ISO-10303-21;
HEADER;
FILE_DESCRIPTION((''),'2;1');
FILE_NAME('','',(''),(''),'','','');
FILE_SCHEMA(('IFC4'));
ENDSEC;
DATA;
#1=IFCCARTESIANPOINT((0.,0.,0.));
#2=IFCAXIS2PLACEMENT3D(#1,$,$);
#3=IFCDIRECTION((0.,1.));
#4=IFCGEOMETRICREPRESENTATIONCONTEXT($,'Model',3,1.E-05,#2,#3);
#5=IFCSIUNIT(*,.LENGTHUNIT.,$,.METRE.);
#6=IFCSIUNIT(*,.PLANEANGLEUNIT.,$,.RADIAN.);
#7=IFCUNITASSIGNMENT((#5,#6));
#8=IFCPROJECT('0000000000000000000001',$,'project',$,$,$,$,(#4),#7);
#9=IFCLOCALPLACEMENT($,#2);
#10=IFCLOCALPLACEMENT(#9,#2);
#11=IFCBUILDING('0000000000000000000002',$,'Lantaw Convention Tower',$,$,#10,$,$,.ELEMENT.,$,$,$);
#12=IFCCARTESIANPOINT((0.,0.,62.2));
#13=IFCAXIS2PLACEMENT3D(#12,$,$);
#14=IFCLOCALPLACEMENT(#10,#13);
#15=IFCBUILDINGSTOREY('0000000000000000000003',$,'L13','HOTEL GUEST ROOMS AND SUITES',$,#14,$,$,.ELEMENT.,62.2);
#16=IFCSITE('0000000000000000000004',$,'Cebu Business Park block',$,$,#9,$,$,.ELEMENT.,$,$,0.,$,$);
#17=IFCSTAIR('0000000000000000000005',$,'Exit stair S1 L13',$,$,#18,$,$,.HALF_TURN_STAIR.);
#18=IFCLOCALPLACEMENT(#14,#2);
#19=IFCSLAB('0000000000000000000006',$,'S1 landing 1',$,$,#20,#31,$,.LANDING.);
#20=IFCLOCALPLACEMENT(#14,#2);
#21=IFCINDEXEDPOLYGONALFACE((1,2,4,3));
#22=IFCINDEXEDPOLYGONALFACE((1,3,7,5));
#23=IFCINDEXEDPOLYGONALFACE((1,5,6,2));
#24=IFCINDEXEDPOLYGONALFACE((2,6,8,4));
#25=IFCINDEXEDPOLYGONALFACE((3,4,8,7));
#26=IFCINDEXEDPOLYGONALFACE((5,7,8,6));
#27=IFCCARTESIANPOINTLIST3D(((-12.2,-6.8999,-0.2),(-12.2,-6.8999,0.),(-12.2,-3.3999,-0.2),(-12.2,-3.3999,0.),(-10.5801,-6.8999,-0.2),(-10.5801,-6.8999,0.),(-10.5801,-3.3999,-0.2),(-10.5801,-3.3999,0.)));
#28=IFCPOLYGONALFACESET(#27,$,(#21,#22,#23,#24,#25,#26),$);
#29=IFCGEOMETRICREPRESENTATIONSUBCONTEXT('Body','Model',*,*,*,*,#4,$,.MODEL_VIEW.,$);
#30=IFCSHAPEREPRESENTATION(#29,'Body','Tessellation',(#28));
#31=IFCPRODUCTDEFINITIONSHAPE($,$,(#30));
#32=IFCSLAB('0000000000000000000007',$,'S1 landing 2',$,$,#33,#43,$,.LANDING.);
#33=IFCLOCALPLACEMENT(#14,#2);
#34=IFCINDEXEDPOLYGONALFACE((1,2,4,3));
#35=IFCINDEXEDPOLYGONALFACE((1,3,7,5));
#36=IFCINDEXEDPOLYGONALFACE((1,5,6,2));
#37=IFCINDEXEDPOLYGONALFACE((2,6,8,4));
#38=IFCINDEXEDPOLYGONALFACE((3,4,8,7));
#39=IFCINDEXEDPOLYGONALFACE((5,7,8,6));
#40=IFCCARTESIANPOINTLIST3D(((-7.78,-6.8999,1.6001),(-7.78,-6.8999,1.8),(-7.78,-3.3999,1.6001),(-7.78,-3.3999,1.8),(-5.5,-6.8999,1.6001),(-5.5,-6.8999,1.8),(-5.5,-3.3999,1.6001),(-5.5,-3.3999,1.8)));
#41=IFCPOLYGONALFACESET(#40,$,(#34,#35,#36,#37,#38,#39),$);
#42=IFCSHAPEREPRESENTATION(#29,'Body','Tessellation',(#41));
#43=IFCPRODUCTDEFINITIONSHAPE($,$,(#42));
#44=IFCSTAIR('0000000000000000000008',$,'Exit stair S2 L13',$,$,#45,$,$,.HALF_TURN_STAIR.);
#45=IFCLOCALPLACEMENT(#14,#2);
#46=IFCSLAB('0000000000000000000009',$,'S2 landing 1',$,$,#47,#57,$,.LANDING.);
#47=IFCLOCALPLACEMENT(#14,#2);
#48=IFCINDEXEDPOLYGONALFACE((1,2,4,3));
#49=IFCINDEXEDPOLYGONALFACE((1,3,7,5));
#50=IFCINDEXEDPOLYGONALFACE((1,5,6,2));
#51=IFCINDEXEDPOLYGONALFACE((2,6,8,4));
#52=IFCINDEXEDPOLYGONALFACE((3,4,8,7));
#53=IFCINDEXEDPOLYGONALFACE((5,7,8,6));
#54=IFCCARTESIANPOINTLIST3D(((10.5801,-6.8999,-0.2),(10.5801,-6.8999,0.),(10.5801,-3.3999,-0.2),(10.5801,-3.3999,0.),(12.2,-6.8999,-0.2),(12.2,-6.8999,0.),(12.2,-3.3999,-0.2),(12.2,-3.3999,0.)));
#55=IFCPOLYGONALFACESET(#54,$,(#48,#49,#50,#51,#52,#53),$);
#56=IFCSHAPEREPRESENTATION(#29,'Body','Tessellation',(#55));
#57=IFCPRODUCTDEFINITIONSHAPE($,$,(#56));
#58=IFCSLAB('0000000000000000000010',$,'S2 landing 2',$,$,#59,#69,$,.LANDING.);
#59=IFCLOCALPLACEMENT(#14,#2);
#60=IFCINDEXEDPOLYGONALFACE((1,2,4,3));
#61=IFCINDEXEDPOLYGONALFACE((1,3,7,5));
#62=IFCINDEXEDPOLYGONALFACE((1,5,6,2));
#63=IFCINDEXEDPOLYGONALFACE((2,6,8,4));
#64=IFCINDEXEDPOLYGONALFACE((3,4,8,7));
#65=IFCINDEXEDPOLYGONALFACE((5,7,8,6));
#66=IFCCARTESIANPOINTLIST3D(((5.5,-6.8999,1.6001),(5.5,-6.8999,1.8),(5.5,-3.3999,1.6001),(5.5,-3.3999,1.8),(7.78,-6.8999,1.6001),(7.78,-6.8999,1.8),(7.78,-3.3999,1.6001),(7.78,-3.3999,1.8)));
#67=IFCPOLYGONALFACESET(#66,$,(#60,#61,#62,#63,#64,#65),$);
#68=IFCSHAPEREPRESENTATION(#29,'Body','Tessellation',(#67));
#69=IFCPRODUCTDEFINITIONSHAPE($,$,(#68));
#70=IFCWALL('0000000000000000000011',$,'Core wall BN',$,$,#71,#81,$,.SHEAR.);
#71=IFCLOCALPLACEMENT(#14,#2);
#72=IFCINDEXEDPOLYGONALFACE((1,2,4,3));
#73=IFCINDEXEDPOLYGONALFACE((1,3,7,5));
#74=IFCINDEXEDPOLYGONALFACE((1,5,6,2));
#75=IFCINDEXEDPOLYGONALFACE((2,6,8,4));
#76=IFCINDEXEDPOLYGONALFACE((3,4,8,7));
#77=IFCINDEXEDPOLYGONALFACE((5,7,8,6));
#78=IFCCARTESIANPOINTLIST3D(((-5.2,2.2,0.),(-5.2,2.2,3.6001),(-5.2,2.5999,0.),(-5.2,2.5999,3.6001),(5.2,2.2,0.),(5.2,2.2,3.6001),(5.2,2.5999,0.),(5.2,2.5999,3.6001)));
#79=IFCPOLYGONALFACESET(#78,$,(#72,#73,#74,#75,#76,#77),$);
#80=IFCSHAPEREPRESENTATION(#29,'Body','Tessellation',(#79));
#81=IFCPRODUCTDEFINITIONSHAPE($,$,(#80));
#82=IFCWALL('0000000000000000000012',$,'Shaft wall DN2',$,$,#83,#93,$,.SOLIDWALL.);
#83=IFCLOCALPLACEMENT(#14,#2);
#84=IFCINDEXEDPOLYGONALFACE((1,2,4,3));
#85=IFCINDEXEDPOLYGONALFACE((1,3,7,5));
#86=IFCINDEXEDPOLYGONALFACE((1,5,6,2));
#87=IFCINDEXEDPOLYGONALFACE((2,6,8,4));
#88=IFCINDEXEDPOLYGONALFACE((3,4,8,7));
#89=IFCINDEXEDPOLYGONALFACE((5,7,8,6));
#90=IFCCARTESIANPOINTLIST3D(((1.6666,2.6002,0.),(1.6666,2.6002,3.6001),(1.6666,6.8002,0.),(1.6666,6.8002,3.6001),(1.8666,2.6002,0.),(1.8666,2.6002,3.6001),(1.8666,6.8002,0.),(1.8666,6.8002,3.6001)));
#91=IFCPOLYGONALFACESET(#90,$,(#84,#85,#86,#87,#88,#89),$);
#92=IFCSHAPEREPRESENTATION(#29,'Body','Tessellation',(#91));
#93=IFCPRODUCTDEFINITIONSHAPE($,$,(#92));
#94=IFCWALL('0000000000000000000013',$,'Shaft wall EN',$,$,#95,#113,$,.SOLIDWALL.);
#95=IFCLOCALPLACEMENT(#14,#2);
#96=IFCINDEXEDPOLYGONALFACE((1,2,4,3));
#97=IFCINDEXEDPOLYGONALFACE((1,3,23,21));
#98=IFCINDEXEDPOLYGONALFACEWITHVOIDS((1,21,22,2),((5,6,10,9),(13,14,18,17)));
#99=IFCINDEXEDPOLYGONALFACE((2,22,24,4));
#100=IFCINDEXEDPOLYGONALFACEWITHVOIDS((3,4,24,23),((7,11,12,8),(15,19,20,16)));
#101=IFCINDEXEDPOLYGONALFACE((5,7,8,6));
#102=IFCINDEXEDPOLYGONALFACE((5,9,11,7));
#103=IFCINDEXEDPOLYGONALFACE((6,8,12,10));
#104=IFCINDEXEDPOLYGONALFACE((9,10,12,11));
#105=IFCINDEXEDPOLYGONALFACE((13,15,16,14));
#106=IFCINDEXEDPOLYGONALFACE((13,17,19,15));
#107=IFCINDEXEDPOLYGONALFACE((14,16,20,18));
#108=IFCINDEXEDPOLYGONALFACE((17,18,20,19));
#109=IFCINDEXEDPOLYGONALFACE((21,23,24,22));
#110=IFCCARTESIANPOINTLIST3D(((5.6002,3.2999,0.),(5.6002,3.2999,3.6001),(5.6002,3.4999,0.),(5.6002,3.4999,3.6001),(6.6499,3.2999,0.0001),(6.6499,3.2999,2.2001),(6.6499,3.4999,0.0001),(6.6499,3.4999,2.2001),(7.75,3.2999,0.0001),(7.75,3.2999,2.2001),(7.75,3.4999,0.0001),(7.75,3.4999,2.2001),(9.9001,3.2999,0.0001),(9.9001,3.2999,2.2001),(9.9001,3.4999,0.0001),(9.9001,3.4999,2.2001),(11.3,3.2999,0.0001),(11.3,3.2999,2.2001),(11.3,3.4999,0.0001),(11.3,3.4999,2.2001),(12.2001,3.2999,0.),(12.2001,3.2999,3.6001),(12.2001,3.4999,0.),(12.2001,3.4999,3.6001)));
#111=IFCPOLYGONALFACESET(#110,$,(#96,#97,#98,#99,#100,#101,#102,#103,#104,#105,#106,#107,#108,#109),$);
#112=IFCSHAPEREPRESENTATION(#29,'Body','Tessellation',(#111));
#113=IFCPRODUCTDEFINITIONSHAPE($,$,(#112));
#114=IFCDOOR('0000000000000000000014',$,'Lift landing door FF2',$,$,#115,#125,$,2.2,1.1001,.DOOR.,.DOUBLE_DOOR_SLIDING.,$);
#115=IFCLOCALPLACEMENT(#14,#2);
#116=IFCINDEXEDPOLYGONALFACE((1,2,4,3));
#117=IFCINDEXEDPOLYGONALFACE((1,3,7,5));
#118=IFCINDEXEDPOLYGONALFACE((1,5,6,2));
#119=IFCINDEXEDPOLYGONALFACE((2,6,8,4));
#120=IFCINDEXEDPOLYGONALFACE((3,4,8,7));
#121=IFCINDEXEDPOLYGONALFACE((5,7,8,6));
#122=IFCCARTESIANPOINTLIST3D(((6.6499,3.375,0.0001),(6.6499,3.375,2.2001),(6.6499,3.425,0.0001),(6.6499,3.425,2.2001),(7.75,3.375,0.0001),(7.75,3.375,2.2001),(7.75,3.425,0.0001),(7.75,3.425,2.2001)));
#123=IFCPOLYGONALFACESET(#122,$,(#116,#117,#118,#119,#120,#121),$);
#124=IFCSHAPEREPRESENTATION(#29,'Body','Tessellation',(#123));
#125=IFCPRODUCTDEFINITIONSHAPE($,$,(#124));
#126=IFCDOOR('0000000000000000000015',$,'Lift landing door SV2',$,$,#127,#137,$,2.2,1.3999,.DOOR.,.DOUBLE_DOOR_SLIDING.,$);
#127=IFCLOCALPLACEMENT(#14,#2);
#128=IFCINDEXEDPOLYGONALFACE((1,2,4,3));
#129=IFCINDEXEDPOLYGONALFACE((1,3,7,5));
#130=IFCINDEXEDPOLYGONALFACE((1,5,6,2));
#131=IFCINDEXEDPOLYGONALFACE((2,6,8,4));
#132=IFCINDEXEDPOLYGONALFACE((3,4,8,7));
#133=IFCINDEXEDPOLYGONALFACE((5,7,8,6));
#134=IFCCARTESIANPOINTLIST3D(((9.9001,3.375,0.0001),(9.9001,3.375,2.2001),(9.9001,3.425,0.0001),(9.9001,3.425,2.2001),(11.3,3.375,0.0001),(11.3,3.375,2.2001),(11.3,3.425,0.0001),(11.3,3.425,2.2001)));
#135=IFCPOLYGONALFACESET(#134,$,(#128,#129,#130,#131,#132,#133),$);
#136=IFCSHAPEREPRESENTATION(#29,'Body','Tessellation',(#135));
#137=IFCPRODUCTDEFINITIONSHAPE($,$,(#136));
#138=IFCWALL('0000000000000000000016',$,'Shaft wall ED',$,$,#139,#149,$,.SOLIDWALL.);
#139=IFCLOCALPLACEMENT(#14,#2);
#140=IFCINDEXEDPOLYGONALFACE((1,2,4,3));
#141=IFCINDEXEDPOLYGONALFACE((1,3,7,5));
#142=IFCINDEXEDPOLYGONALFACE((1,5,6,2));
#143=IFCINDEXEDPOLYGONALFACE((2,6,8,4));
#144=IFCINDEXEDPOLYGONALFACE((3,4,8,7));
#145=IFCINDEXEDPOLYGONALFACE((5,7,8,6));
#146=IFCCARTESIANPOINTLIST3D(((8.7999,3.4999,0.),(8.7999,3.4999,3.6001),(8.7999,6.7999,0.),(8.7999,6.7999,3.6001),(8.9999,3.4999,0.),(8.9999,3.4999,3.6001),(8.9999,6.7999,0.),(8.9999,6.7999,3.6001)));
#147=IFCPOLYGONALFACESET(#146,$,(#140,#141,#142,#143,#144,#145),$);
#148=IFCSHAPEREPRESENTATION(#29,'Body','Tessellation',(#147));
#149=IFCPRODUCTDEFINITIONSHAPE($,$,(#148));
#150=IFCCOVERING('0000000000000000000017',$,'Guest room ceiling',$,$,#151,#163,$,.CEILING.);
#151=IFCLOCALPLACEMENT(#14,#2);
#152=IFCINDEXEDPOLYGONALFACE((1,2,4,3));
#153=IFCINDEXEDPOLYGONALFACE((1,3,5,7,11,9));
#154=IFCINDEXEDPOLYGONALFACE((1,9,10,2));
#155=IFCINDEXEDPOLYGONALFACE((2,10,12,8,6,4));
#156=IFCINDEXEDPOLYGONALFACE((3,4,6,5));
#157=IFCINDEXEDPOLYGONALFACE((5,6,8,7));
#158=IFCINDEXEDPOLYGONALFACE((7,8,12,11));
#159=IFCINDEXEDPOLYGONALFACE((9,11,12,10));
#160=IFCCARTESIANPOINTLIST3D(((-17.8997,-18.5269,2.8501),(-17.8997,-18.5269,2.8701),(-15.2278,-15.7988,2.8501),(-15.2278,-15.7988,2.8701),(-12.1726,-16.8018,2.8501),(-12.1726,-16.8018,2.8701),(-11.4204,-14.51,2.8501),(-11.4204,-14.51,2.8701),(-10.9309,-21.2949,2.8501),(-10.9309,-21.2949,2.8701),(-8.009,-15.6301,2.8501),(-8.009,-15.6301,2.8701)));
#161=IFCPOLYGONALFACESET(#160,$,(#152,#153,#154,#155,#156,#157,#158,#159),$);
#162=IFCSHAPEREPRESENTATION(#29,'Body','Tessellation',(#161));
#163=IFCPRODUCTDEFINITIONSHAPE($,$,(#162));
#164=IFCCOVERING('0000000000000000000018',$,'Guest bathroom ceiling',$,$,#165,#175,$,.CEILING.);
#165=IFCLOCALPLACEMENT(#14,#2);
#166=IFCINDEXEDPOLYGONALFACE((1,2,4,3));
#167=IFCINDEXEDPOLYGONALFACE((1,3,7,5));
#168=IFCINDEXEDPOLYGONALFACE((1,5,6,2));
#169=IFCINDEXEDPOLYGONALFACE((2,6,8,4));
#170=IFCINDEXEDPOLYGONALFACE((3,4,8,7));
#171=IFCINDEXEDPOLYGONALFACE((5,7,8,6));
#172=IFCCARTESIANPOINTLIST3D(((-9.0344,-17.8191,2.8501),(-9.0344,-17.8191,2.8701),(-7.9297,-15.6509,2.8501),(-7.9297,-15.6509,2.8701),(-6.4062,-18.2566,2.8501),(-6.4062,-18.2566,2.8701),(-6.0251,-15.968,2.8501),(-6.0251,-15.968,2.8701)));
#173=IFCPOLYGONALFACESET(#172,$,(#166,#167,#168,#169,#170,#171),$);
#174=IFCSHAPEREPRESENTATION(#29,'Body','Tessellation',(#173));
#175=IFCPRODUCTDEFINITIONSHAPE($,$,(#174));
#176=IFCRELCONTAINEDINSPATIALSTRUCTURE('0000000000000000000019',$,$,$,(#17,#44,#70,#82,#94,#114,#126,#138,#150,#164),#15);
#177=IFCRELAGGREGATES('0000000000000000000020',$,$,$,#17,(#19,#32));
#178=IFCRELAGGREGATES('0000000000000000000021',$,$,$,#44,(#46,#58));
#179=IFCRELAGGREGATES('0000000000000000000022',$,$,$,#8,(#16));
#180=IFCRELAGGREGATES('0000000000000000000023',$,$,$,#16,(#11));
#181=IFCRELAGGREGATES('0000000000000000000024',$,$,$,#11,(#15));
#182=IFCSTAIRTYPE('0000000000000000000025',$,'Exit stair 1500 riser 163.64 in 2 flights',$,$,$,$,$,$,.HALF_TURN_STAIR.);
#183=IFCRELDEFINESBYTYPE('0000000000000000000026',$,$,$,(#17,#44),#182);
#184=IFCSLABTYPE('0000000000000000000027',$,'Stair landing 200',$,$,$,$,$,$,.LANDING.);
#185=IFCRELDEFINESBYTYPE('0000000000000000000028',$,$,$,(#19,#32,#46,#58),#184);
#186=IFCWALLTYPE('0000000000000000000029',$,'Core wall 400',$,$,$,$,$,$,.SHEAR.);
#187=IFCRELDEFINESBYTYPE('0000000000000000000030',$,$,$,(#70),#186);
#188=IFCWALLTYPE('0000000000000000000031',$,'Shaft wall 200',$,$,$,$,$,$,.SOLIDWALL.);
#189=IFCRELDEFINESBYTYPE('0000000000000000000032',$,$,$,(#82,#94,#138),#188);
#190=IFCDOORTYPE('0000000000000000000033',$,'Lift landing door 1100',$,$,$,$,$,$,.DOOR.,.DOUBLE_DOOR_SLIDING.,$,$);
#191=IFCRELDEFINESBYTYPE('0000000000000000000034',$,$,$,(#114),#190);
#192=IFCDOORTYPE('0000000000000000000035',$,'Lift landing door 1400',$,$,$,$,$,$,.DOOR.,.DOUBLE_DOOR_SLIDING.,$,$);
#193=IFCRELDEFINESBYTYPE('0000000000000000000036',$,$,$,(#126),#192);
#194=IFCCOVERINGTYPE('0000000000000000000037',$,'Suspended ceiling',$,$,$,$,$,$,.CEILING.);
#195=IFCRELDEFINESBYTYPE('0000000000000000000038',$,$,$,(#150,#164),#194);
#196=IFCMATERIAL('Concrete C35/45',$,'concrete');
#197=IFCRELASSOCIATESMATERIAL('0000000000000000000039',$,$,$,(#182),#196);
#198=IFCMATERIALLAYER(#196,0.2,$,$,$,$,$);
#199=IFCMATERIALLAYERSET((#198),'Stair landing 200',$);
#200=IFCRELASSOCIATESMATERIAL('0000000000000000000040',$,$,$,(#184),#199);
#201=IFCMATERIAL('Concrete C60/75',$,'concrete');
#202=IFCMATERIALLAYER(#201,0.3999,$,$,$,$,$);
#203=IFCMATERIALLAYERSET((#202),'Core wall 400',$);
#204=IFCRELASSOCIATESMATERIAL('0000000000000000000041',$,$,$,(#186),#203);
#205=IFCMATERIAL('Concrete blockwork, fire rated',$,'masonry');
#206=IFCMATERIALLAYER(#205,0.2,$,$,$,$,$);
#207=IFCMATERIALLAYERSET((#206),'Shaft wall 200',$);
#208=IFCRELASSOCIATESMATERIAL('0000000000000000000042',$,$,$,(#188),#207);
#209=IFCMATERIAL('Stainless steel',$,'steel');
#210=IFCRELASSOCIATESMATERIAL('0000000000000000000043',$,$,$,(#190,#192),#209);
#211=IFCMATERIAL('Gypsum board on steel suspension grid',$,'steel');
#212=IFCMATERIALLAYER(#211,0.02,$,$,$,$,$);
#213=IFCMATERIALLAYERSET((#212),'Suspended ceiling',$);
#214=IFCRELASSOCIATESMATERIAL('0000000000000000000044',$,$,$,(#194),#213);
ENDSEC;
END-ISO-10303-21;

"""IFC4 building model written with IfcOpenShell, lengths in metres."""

from ifc_helpers import new_model, si_unit, direction, frame, frame_2d, origin, place, context, subcontext, project, spatial, polyline, rectangle, outline, extrude, material, layer, layer_set, type_object, element, fill, aggregate, save


model = new_model("IFC4")

# Units and contexts
model_context = context("Model", 3, precision=1e-05, world=origin(), true_north=direction((0.0, 1.0)))
body_context = subcontext(model_context, "Body", "Model", "MODEL_VIEW")
ifc_project = project(units=[si_unit("LENGTHUNIT", "METRE"), si_unit("PLANEANGLEUNIT", "RADIAN")], contexts=[model_context])

# Site, building, storey
site_placement = place(None, origin())
site = spatial("IfcSite", under=ifc_project, at=site_placement, Name="Cebu Business Park block", CompositionType="ELEMENT", RefElevation=0.0)
building_placement = place(site_placement, origin())
building = spatial("IfcBuilding", under=site, at=building_placement, Name="Lantaw Convention Tower", CompositionType="ELEMENT")
storey_placement = place(building_placement, frame((0.0, 0.0, 62.2)))
storey = spatial("IfcBuildingStorey", under=building, at=storey_placement, Name="L13", Description="HOTEL GUEST ROOMS AND SUITES", CompositionType="ELEMENT", Elevation=62.2)

# Stairs, slabs
ifc_material_1 = material(Name="Concrete C35/45", Category="concrete")
stair_type = type_object("IfcStairType", Name="Exit stair 1500 riser 163.64 in 2 flights", PredefinedType="HALF_TURN_STAIR", material=ifc_material_1)
stair_1_placement = place(storey_placement, origin())
stair_1 = element("IfcStair", 1, at=stair_1_placement, inside=storey, type_object=stair_type, Name="Exit stair S1 L13", PredefinedType="HALF_TURN_STAIR")
ifc_layer_1 = layer(ifc_material_1, 0.2)
ifc_layer_set_1 = layer_set([ifc_layer_1], Name="Stair landing 200")
slab_type = type_object("IfcSlabType", Name="Stair landing 200", PredefinedType="LANDING", material=ifc_layer_set_1)
slab_1_placement = place(storey_placement, frame((0.0, 0.0, -0.2)))
slab_1 = element("IfcSlab", 2, at=slab_1_placement, type_object=slab_type, Name="S1 landing 1", PredefinedType="LANDING", context=body_context, shape_type="SweptSolid", body=[
    extrude(outline(polyline([(-12.2, -6.8999), (-10.5801, -6.8999), (-10.5801, -3.3999), (-12.2, -3.3999), (-12.2, -6.8999)])), origin(), (0.0, 0.0, 1.0), 0.2),
])
slab_2_placement = place(storey_placement, frame((0.0, 0.0, 1.6001)))
slab_2 = element("IfcSlab", 3, at=slab_2_placement, type_object=slab_type, Name="S1 landing 2", PredefinedType="LANDING", context=body_context, shape_type="SweptSolid", body=[
    extrude(outline(polyline([(-7.78, -6.8999), (-5.5, -6.8999), (-5.5, -3.3999), (-7.78, -3.3999), (-7.78, -6.8999)])), origin(), (0.0, 0.0, 1.0), 0.2),
])
aggregate(stair_1, [slab_1, slab_2])
stair_2_placement = place(storey_placement, origin())
stair_2 = element("IfcStair", 4, at=stair_2_placement, inside=storey, type_object=stair_type, Name="Exit stair S2 L13", PredefinedType="HALF_TURN_STAIR")
slab_3_placement = place(storey_placement, frame((0.0, 0.0, -0.2)))
slab_3 = element("IfcSlab", 5, at=slab_3_placement, type_object=slab_type, Name="S2 landing 1", PredefinedType="LANDING", context=body_context, shape_type="SweptSolid", body=[
    extrude(outline(polyline([(10.5801, -6.8999), (12.2, -6.8999), (12.2, -3.3999), (10.5801, -3.3999), (10.5801, -6.8999)])), origin(), (0.0, 0.0, 1.0), 0.2),
])
slab_4_placement = place(storey_placement, frame((0.0, 0.0, 1.6001)))
slab_4 = element("IfcSlab", 6, at=slab_4_placement, type_object=slab_type, Name="S2 landing 2", PredefinedType="LANDING", context=body_context, shape_type="SweptSolid", body=[
    extrude(outline(polyline([(5.5, -6.8999), (7.78, -6.8999), (7.78, -3.3999), (5.5, -3.3999), (5.5, -6.8999)])), origin(), (0.0, 0.0, 1.0), 0.2),
])
aggregate(stair_2, [slab_3, slab_4])

# Walls
ifc_material_2 = material(Name="Concrete C60/75", Category="concrete")
ifc_layer_2 = layer(ifc_material_2, 0.3999)
ifc_layer_set_2 = layer_set([ifc_layer_2], Name="Core wall 400")
wall_type_1 = type_object("IfcWallType", Name="Core wall 400", PredefinedType="SHEAR", material=ifc_layer_set_2)
wall_1_placement = place(storey_placement, frame((5.2, 2.3999, 0.0), z_axis=(0.0, 0.0, 1.0), x_axis=(-1.0, 0.0, 0.0)))
element("IfcWall", 7, at=wall_1_placement, inside=storey, type_object=wall_type_1, Name="Core wall BN", PredefinedType="SHEAR", context=body_context, shape_type="SweptSolid", body=[
    extrude(rectangle(XDim=10.3999, YDim=0.3999, at=frame_2d((5.2, 0.0))), origin(), (0.0, 0.0, 1.0), 3.6001),
])
ifc_material_3 = material(Name="Concrete blockwork, fire rated", Category="masonry")
ifc_layer_3 = layer(ifc_material_3, 0.2)
ifc_layer_set_3 = layer_set([ifc_layer_3], Name="Shaft wall 200")
wall_type_2 = type_object("IfcWallType", Name="Shaft wall 200", PredefinedType="SOLIDWALL", material=ifc_layer_set_3)
wall_2_placement = place(storey_placement, frame((1.7666, 2.6001, 0.0), z_axis=(0.0, 0.0, 1.0), x_axis=(0.0, 1.0, 0.0)))
element("IfcWall", 8, at=wall_2_placement, inside=storey, type_object=wall_type_2, Name="Shaft wall DN2", PredefinedType="SOLIDWALL", context=body_context, shape_type="SweptSolid", body=[
    extrude(rectangle(XDim=4.2, YDim=0.2, at=frame_2d((2.1001, 0.0))), origin(), (0.0, 0.0, 1.0), 3.6001),
])

# Wall, openings, doors
wall_3_placement = place(storey_placement, frame((12.2, 3.3999, 0.0), z_axis=(0.0, 0.0, 1.0), x_axis=(-1.0, 0.0, 0.0)))
wall_3 = element("IfcWall", 9, at=wall_3_placement, inside=storey, type_object=wall_type_2, Name="Shaft wall EN", PredefinedType="SOLIDWALL", context=body_context, shape_type="SweptSolid", body=[
    extrude(rectangle(XDim=6.5999, YDim=0.2, at=frame_2d((3.2998, 0.0))), origin(), (0.0, 0.0, 1.0), 3.6001),
])
opening_1_placement = place(wall_3_placement, frame((4.45, 0.0, 0.0)))
opening_1 = element("IfcOpeningElement", 10, at=opening_1_placement, cuts=wall_3, PredefinedType="OPENING", context=body_context, shape_type="SweptSolid", body=[
    extrude(rectangle(XDim=1.1001, YDim=2.2, at=frame_2d((0.55, 1.1001))), frame((0.0, 0.1099, 0.0), z_axis=(0.0, -1.0, 0.0), x_axis=(1.0, 0.0, 0.0)), (0.0, 0.0, 1.0), 0.22),
])
opening_2_placement = place(wall_3_placement, frame((0.8999, 0.0, 0.0)))
opening_2 = element("IfcOpeningElement", 11, at=opening_2_placement, cuts=wall_3, PredefinedType="OPENING", context=body_context, shape_type="SweptSolid", body=[
    extrude(rectangle(XDim=1.3999, YDim=2.2, at=frame_2d((0.7, 1.1001))), frame((0.0, 0.1099, 0.0), z_axis=(0.0, -1.0, 0.0), x_axis=(1.0, 0.0, 0.0)), (0.0, 0.0, 1.0), 0.22),
])
ifc_material_4 = material(Name="Stainless steel", Category="steel")
door_type_1 = type_object("IfcDoorType", Name="Lift landing door 1100", OperationType="DOUBLE_DOOR_SLIDING", PredefinedType="DOOR", material=ifc_material_4)
door_1_placement = place(opening_1_placement, origin())
door_1 = element("IfcDoor", 12, at=door_1_placement, inside=storey, type_object=door_type_1, Name="Lift landing door FF2", OperationType="DOUBLE_DOOR_SLIDING", OverallHeight=2.2, OverallWidth=1.1001, PredefinedType="DOOR", context=body_context, shape_type="SweptSolid", body=[
    extrude(rectangle(XDim=1.1001, YDim=2.2, at=frame_2d((0.55, 1.1001))), frame((0.0, 0.0249, 0.0), z_axis=(0.0, -1.0, 0.0), x_axis=(1.0, 0.0, 0.0)), (0.0, 0.0, 1.0), 0.05),
])
fill(opening_1, door_1)
door_type_2 = type_object("IfcDoorType", Name="Lift landing door 1400", OperationType="DOUBLE_DOOR_SLIDING", PredefinedType="DOOR", material=ifc_material_4)
door_2_placement = place(opening_2_placement, origin())
door_2 = element("IfcDoor", 13, at=door_2_placement, inside=storey, type_object=door_type_2, Name="Lift landing door SV2", OperationType="DOUBLE_DOOR_SLIDING", OverallHeight=2.2, OverallWidth=1.3999, PredefinedType="DOOR", context=body_context, shape_type="SweptSolid", body=[
    extrude(rectangle(XDim=1.3999, YDim=2.2, at=frame_2d((0.7, 1.1001))), frame((0.0, 0.0249, 0.0), z_axis=(0.0, -1.0, 0.0), x_axis=(1.0, 0.0, 0.0)), (0.0, 0.0, 1.0), 0.05),
])
fill(opening_2, door_2)

# Wall
wall_4_placement = place(storey_placement, frame((8.8999, 3.5, 0.0), z_axis=(0.0, 0.0, 1.0), x_axis=(0.0, 1.0, 0.0)))
element("IfcWall", 14, at=wall_4_placement, inside=storey, type_object=wall_type_2, Name="Shaft wall ED", PredefinedType="SOLIDWALL", context=body_context, shape_type="SweptSolid", body=[
    extrude(rectangle(XDim=3.3, YDim=0.2, at=frame_2d((1.6499, 0.0))), origin(), (0.0, 0.0, 1.0), 3.6001),
])

# Coverings
ifc_material_5 = material(Name="Gypsum board on steel suspension grid", Category="steel")
ifc_layer_4 = layer(ifc_material_5, 0.02)
ifc_layer_set_4 = layer_set([ifc_layer_4], Name="Suspended ceiling")
covering_type = type_object("IfcCoveringType", Name="Suspended ceiling", PredefinedType="CEILING", material=ifc_layer_set_4)
covering_1_placement = place(storey_placement, frame((0.0, 0.0, 2.8501)))
element("IfcCovering", 15, at=covering_1_placement, inside=storey, type_object=covering_type, Name="Guest room ceiling", PredefinedType="CEILING", context=body_context, shape_type="SweptSolid", body=[
    extrude(outline(polyline([(-15.2278, -15.7988), (-17.8997, -18.5269), (-10.9309, -21.2949), (-8.009, -15.6301), (-11.4204, -14.51), (-12.1726, -16.8018), (-15.2278, -15.7988)])), origin(), (0.0, 0.0, 1.0), 0.02),
])
covering_2_placement = place(storey_placement, frame((0.0, 0.0, 2.8501)))
element("IfcCovering", 16, at=covering_2_placement, inside=storey, type_object=covering_type, Name="Guest bathroom ceiling", PredefinedType="CEILING", context=body_context, shape_type="SweptSolid", body=[
    extrude(outline(polyline([(-7.9297, -15.6509), (-9.0344, -17.8191), (-6.4062, -18.2566), (-6.0251, -15.968), (-7.9297, -15.6509)])), origin(), (0.0, 0.0, 1.0), 0.02),
])

save(model, "model.ifc")
